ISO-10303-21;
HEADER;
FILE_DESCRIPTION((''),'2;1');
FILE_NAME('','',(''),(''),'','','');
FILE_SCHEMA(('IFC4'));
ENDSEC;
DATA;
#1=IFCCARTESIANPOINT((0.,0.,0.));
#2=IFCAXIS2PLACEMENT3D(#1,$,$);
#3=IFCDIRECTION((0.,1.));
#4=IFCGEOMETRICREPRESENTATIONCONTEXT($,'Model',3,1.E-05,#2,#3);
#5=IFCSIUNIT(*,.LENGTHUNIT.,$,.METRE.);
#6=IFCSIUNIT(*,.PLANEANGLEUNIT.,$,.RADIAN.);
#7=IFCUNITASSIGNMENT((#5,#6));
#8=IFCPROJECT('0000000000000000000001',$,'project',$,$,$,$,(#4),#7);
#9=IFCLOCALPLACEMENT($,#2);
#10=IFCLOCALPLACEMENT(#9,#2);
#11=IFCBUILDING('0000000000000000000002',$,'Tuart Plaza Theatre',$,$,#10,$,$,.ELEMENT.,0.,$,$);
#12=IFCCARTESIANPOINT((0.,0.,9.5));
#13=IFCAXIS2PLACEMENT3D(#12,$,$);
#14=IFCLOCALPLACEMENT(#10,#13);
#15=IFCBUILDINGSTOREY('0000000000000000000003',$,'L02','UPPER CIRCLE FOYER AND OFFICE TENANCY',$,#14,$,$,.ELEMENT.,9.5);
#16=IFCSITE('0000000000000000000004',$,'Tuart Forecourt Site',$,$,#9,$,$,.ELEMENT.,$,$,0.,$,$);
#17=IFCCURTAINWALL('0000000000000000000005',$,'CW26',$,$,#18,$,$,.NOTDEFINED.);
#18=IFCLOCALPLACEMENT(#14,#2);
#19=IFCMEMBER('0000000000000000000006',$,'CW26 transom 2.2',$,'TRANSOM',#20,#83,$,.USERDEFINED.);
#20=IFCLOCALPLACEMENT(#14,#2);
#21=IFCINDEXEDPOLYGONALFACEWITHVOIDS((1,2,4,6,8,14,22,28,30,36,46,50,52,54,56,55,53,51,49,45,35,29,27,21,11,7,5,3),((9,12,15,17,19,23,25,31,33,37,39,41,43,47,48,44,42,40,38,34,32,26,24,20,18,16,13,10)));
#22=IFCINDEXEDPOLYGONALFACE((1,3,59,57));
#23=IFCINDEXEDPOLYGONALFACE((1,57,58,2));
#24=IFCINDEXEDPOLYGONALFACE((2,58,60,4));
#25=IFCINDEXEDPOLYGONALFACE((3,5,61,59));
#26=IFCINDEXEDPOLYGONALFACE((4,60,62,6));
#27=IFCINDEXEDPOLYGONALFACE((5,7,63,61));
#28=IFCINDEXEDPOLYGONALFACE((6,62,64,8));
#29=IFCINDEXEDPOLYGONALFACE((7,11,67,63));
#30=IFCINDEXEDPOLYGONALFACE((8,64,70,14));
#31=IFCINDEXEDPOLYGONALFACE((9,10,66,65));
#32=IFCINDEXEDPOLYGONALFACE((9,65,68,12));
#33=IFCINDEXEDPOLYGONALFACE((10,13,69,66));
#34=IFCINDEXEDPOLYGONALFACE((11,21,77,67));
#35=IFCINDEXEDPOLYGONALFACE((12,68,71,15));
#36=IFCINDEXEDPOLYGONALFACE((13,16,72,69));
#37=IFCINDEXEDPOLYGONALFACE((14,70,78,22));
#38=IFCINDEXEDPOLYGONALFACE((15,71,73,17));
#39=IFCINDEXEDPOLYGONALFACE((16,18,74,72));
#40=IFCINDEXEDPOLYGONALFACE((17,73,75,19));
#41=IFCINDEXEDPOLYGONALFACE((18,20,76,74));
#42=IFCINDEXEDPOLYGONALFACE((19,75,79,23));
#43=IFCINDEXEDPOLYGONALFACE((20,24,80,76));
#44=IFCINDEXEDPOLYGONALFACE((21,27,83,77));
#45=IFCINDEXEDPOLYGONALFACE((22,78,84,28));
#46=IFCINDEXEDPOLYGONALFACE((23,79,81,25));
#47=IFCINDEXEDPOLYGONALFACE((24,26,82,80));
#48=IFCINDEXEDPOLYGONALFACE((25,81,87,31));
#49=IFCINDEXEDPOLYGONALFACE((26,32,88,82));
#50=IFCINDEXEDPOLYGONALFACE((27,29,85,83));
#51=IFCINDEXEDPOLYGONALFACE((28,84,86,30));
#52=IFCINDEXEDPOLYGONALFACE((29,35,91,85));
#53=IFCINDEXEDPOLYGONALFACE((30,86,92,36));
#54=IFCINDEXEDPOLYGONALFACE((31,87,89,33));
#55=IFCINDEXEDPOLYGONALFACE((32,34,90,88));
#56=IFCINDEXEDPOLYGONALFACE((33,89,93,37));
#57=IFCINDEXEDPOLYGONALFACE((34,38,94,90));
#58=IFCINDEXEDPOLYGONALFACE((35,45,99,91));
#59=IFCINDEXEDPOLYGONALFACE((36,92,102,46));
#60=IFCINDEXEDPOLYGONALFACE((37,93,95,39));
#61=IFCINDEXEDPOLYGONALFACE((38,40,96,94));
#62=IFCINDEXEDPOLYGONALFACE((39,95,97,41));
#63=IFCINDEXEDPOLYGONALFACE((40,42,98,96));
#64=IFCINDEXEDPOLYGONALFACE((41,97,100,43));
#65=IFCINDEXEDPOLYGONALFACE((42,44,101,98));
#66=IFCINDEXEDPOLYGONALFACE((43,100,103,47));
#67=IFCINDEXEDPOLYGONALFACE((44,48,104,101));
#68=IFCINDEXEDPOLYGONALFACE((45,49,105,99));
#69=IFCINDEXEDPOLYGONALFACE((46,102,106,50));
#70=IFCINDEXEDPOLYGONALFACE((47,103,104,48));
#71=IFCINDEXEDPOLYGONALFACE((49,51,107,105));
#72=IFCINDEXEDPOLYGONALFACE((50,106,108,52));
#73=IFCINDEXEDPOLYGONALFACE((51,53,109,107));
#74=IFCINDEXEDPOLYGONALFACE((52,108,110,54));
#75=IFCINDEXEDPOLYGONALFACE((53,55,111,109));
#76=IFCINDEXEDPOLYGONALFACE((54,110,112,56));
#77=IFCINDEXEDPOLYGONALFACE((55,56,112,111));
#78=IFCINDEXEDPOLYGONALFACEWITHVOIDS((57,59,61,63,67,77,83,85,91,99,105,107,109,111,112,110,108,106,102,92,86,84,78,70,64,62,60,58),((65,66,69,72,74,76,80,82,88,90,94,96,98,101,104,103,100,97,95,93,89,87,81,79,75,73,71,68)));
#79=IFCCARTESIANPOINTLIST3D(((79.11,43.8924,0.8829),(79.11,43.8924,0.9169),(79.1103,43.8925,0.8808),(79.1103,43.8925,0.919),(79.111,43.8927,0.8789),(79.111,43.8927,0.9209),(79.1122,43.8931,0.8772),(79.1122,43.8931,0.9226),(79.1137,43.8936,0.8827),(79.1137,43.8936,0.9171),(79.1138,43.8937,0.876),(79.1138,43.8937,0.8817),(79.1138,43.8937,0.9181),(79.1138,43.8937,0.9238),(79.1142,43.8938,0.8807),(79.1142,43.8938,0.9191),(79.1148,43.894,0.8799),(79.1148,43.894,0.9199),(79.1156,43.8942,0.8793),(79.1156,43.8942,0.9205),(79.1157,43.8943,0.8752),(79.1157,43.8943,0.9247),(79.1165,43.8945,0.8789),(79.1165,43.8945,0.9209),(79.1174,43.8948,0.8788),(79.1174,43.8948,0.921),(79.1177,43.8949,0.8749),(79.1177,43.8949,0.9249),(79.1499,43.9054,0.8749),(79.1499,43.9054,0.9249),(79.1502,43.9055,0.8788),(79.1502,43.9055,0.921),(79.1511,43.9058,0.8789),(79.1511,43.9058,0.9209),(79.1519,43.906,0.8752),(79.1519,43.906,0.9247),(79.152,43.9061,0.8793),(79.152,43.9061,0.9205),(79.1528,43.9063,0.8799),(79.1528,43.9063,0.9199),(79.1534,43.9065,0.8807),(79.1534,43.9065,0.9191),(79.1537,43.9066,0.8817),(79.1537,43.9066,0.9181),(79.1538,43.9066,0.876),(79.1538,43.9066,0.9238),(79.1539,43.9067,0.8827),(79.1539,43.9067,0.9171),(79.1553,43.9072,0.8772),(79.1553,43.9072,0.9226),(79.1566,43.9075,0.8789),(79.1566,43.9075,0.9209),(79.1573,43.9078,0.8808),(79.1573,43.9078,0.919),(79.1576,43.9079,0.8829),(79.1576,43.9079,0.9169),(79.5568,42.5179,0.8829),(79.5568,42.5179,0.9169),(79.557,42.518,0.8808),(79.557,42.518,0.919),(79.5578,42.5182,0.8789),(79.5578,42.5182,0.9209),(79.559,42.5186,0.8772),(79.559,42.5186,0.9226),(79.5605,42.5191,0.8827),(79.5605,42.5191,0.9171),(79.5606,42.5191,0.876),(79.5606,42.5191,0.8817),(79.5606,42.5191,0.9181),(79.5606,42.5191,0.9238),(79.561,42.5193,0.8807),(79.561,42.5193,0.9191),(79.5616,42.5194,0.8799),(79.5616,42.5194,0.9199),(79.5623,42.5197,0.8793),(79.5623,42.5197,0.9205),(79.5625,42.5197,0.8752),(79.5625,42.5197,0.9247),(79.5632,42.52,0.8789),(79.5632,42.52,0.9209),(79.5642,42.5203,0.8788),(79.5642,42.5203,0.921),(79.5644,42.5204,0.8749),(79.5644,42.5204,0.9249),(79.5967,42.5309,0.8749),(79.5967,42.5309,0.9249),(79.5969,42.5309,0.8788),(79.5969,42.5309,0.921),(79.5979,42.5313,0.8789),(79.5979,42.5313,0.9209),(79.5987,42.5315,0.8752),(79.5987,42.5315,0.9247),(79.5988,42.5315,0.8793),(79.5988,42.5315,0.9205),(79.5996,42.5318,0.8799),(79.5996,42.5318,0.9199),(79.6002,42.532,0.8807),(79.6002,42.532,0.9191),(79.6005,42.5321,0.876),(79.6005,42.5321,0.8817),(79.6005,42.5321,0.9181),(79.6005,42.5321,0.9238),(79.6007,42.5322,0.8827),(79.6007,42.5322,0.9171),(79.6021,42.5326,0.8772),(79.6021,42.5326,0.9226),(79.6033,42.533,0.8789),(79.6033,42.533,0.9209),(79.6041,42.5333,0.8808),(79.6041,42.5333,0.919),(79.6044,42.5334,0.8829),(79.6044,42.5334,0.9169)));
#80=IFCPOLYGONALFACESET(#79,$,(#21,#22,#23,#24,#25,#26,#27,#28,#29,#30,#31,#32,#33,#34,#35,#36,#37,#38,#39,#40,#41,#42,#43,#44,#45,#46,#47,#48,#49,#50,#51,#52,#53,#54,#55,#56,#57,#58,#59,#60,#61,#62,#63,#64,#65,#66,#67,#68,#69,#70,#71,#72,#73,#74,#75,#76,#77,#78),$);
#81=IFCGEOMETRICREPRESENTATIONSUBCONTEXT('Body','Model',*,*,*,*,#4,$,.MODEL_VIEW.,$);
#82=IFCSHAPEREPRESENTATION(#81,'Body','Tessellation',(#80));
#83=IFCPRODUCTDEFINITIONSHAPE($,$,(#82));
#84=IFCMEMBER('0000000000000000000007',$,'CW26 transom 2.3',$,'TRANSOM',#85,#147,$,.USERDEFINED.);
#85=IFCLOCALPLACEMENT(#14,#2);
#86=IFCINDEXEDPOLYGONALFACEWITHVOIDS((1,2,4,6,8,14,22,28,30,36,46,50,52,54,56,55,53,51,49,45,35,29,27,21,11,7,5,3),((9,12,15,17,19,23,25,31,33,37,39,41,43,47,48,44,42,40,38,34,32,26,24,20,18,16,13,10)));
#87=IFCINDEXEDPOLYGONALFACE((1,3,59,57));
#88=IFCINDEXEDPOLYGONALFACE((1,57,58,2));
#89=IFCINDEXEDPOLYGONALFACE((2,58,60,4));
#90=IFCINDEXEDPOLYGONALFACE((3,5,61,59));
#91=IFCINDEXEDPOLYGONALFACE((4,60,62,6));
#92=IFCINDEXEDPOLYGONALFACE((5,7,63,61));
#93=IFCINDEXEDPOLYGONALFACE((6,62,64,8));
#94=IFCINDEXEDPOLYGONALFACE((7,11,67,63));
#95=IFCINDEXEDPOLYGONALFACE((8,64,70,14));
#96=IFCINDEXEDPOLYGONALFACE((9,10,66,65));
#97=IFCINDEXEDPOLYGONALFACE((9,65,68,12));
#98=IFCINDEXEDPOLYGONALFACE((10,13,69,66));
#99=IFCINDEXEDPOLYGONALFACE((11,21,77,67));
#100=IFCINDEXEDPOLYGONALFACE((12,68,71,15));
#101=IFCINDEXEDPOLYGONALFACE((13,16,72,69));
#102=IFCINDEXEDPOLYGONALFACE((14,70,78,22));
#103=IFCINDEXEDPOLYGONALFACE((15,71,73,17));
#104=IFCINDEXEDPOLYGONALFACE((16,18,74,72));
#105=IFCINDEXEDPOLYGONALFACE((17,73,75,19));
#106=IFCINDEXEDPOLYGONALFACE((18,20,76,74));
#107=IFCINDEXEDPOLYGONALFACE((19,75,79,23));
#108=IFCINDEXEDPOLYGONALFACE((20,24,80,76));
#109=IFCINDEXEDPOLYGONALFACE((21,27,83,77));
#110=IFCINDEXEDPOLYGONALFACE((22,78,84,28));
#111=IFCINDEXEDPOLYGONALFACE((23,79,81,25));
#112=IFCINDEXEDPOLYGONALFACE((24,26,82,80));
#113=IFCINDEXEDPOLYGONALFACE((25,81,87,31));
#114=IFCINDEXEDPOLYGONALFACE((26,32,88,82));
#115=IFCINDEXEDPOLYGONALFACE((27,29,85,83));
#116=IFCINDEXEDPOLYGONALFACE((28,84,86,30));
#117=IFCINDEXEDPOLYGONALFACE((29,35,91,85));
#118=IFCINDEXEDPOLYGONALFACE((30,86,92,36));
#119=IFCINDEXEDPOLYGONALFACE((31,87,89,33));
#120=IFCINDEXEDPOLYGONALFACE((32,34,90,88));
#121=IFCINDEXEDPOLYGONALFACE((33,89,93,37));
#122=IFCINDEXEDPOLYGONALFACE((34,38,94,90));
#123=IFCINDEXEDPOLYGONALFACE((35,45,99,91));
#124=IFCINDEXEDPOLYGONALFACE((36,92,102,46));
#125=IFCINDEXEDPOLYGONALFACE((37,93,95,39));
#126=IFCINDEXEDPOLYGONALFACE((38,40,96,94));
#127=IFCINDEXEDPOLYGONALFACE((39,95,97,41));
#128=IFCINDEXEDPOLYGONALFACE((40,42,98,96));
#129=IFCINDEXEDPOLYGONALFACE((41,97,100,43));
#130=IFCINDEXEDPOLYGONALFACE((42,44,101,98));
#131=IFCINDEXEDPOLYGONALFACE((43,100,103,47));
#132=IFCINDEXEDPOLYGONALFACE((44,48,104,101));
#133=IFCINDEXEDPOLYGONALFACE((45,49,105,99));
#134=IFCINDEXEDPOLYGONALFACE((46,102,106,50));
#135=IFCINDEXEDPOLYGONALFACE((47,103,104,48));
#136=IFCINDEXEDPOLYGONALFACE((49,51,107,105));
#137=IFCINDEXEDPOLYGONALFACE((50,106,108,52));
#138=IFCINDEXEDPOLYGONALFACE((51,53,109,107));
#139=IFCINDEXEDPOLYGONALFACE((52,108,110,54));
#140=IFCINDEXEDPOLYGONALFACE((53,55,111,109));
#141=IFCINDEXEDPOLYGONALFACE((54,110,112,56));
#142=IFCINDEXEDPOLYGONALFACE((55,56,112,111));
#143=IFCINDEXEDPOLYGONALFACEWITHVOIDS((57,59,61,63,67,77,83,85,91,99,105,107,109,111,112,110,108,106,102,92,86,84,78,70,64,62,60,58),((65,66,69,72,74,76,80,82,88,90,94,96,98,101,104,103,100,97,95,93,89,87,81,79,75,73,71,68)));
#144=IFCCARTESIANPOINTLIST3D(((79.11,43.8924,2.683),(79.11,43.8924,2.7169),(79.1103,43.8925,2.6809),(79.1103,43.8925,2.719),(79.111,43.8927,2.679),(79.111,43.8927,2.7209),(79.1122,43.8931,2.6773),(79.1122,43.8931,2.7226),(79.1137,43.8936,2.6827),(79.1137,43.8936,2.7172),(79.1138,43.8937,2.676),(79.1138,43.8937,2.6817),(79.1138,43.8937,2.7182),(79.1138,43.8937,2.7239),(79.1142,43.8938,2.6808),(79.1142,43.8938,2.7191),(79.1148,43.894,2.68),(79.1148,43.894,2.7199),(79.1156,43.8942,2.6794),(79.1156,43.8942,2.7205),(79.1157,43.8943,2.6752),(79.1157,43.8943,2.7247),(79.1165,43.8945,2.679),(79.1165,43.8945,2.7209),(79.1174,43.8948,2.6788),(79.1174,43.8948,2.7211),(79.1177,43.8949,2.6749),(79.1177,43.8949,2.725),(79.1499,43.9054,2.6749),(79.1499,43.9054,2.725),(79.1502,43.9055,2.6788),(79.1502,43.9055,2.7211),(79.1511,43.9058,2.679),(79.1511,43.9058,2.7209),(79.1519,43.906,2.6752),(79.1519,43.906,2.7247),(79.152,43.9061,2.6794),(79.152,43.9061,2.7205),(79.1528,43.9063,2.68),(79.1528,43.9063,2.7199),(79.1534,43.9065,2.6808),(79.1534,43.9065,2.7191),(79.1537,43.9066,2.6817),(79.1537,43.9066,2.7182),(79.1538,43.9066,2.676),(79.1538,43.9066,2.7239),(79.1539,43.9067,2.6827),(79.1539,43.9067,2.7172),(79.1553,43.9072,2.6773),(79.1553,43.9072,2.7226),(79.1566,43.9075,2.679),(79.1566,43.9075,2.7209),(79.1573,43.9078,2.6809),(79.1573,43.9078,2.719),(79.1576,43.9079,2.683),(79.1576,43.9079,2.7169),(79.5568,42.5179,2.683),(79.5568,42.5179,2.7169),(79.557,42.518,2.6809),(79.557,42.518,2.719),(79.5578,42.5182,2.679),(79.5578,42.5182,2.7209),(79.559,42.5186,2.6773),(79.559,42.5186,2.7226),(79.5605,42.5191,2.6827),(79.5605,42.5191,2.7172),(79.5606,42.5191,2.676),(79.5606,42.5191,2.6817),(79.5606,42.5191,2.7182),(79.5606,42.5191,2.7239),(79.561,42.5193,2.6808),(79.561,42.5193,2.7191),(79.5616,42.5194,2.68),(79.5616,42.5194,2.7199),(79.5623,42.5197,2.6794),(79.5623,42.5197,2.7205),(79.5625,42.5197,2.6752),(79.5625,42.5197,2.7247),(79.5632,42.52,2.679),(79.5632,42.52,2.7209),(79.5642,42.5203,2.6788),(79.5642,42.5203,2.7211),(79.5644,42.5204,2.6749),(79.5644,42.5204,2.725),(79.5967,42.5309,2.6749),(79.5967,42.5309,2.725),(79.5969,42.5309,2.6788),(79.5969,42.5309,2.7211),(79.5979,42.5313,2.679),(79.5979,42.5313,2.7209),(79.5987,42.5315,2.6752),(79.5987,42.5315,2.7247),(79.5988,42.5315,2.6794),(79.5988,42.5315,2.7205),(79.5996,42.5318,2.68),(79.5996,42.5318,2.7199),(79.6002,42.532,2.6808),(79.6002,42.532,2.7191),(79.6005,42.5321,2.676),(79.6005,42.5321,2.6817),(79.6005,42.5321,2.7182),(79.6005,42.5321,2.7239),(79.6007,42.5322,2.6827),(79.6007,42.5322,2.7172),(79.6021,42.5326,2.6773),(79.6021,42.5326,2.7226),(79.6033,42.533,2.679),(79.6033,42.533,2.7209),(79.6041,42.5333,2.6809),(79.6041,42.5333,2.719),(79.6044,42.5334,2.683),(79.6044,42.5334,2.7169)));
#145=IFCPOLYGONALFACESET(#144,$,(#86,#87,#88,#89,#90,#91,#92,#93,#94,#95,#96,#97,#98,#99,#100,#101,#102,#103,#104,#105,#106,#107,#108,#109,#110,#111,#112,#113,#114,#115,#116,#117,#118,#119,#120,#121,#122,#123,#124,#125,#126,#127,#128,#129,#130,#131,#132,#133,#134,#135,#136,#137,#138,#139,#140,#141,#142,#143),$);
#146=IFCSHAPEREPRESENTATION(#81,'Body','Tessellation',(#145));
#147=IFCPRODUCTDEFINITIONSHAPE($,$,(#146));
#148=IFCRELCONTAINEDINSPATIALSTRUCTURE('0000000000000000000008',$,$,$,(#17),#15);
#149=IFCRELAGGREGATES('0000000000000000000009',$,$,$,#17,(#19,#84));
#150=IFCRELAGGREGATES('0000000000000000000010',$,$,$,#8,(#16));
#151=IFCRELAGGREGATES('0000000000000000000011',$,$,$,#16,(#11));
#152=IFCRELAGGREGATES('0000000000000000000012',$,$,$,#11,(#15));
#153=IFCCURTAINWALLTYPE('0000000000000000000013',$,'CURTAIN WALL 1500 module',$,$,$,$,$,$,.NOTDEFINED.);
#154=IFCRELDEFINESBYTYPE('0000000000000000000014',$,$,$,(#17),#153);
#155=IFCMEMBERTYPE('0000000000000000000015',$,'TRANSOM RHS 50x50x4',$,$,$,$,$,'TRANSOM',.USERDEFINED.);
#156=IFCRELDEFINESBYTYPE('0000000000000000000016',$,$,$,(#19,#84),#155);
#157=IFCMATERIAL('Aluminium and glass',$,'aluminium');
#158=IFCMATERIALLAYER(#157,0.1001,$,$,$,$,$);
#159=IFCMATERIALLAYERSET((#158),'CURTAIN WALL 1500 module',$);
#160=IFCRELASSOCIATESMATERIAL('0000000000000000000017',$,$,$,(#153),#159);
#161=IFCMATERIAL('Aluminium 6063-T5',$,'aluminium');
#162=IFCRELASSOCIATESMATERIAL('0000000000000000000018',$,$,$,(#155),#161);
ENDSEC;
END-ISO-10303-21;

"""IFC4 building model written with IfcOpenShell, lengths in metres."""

from ifc_helpers import new_model, si_unit, direction, frame, origin, origin_2d, place, context, subcontext, project, spatial, hollow_rectangle, extrude, material, layer, layer_set, material_profile, profile_set, type_object, element, aggregate, save


model = new_model("IFC4")

# Units and contexts
model_context = context("Model", 3, precision=1e-05, world=origin(), true_north=direction((0.0, 1.0)))
body_context = subcontext(model_context, "Body", "Model", "MODEL_VIEW")
ifc_project = project(units=[si_unit("LENGTHUNIT", "METRE"), si_unit("PLANEANGLEUNIT", "RADIAN")], contexts=[model_context])

# Site, building, storey
site_placement = place(None, origin())
site = spatial("IfcSite", under=ifc_project, at=site_placement, Name="Tuart Forecourt Site", CompositionType="ELEMENT", RefElevation=0.0)
building_placement = place(site_placement, origin())
building = spatial("IfcBuilding", under=site, at=building_placement, Name="Tuart Plaza Theatre", CompositionType="ELEMENT", ElevationOfRefHeight=0.0)
storey_placement = place(building_placement, frame((0.0, 0.0, 9.5)))
storey = spatial("IfcBuildingStorey", under=building, at=storey_placement, Name="L02", Description="UPPER CIRCLE FOYER AND OFFICE TENANCY", CompositionType="ELEMENT", Elevation=9.5)

# Curtain wall, members
ifc_material_1 = material(Name="Aluminium and glass", Category="aluminium")
ifc_layer_1 = layer(ifc_material_1, 0.1001)
ifc_layer_set_1 = layer_set([ifc_layer_1], Name="CURTAIN WALL 1500 module")
curtain_wall_type = type_object("IfcCurtainWallType", Name="CURTAIN WALL 1500 module", PredefinedType="NOTDEFINED", material=ifc_layer_set_1)
curtain_wall_1_placement = place(storey_placement, origin())
curtain_wall_1 = element("IfcCurtainWall", 1, at=curtain_wall_1_placement, inside=storey, type_object=curtain_wall_type, Name="CW26", PredefinedType="NOTDEFINED")
ifc_material_2 = material(Name="Aluminium 6063-T5", Category="aluminium")
ifc_material_profile_1 = material_profile(ifc_material_2, hollow_rectangle(XDim=0.05, YDim=0.05, WallThickness=0.0039, InnerFilletRadius=0.0039, OuterFilletRadius=0.0081, at=origin_2d()), Name="RHS 50x50x4")
ifc_profile_set_1 = profile_set([ifc_material_profile_1], Name="Aluminium 6063-T5")
member_type_1 = type_object("IfcMemberType", Name="TRANSOM RHS 50x50x4", ElementType="TRANSOM", PredefinedType="USERDEFINED", material=ifc_profile_set_1)
member_1_placement = place(storey_placement, frame((79.1338, 43.9001, 0.8999), z_axis=(0.309124, -0.951022, 0.0), x_axis=(0.951022, 0.309124, 0.0)))
member_1 = element("IfcMember", 2, at=member_1_placement, type_object=member_type_1, Name="CW26 transom 2.2", ObjectType="TRANSOM", PredefinedType="USERDEFINED", context=body_context, shape_type="SweptSolid", body=[
    extrude(hollow_rectangle(XDim=0.05, YDim=0.05, WallThickness=0.0039, InnerFilletRadius=0.0039, OuterFilletRadius=0.0081, at=origin_2d()), origin(), (0.0, 0.0, 1.0), 1.4453),
])
member_2_placement = place(storey_placement, frame((79.1338, 43.9001, 2.7), z_axis=(0.309124, -0.951022, 0.0), x_axis=(0.951022, 0.309124, 0.0)))
member_2 = element("IfcMember", 3, at=member_2_placement, type_object=member_type_1, Name="CW26 transom 2.3", ObjectType="TRANSOM", PredefinedType="USERDEFINED", context=body_context, shape_type="SweptSolid", body=[
    extrude(hollow_rectangle(XDim=0.05, YDim=0.05, WallThickness=0.0039, InnerFilletRadius=0.0039, OuterFilletRadius=0.0081, at=origin_2d()), origin(), (0.0, 0.0, 1.0), 1.4453),
])

aggregate(curtain_wall_1, [member_1, member_2])

save(model, "model.ifc")
